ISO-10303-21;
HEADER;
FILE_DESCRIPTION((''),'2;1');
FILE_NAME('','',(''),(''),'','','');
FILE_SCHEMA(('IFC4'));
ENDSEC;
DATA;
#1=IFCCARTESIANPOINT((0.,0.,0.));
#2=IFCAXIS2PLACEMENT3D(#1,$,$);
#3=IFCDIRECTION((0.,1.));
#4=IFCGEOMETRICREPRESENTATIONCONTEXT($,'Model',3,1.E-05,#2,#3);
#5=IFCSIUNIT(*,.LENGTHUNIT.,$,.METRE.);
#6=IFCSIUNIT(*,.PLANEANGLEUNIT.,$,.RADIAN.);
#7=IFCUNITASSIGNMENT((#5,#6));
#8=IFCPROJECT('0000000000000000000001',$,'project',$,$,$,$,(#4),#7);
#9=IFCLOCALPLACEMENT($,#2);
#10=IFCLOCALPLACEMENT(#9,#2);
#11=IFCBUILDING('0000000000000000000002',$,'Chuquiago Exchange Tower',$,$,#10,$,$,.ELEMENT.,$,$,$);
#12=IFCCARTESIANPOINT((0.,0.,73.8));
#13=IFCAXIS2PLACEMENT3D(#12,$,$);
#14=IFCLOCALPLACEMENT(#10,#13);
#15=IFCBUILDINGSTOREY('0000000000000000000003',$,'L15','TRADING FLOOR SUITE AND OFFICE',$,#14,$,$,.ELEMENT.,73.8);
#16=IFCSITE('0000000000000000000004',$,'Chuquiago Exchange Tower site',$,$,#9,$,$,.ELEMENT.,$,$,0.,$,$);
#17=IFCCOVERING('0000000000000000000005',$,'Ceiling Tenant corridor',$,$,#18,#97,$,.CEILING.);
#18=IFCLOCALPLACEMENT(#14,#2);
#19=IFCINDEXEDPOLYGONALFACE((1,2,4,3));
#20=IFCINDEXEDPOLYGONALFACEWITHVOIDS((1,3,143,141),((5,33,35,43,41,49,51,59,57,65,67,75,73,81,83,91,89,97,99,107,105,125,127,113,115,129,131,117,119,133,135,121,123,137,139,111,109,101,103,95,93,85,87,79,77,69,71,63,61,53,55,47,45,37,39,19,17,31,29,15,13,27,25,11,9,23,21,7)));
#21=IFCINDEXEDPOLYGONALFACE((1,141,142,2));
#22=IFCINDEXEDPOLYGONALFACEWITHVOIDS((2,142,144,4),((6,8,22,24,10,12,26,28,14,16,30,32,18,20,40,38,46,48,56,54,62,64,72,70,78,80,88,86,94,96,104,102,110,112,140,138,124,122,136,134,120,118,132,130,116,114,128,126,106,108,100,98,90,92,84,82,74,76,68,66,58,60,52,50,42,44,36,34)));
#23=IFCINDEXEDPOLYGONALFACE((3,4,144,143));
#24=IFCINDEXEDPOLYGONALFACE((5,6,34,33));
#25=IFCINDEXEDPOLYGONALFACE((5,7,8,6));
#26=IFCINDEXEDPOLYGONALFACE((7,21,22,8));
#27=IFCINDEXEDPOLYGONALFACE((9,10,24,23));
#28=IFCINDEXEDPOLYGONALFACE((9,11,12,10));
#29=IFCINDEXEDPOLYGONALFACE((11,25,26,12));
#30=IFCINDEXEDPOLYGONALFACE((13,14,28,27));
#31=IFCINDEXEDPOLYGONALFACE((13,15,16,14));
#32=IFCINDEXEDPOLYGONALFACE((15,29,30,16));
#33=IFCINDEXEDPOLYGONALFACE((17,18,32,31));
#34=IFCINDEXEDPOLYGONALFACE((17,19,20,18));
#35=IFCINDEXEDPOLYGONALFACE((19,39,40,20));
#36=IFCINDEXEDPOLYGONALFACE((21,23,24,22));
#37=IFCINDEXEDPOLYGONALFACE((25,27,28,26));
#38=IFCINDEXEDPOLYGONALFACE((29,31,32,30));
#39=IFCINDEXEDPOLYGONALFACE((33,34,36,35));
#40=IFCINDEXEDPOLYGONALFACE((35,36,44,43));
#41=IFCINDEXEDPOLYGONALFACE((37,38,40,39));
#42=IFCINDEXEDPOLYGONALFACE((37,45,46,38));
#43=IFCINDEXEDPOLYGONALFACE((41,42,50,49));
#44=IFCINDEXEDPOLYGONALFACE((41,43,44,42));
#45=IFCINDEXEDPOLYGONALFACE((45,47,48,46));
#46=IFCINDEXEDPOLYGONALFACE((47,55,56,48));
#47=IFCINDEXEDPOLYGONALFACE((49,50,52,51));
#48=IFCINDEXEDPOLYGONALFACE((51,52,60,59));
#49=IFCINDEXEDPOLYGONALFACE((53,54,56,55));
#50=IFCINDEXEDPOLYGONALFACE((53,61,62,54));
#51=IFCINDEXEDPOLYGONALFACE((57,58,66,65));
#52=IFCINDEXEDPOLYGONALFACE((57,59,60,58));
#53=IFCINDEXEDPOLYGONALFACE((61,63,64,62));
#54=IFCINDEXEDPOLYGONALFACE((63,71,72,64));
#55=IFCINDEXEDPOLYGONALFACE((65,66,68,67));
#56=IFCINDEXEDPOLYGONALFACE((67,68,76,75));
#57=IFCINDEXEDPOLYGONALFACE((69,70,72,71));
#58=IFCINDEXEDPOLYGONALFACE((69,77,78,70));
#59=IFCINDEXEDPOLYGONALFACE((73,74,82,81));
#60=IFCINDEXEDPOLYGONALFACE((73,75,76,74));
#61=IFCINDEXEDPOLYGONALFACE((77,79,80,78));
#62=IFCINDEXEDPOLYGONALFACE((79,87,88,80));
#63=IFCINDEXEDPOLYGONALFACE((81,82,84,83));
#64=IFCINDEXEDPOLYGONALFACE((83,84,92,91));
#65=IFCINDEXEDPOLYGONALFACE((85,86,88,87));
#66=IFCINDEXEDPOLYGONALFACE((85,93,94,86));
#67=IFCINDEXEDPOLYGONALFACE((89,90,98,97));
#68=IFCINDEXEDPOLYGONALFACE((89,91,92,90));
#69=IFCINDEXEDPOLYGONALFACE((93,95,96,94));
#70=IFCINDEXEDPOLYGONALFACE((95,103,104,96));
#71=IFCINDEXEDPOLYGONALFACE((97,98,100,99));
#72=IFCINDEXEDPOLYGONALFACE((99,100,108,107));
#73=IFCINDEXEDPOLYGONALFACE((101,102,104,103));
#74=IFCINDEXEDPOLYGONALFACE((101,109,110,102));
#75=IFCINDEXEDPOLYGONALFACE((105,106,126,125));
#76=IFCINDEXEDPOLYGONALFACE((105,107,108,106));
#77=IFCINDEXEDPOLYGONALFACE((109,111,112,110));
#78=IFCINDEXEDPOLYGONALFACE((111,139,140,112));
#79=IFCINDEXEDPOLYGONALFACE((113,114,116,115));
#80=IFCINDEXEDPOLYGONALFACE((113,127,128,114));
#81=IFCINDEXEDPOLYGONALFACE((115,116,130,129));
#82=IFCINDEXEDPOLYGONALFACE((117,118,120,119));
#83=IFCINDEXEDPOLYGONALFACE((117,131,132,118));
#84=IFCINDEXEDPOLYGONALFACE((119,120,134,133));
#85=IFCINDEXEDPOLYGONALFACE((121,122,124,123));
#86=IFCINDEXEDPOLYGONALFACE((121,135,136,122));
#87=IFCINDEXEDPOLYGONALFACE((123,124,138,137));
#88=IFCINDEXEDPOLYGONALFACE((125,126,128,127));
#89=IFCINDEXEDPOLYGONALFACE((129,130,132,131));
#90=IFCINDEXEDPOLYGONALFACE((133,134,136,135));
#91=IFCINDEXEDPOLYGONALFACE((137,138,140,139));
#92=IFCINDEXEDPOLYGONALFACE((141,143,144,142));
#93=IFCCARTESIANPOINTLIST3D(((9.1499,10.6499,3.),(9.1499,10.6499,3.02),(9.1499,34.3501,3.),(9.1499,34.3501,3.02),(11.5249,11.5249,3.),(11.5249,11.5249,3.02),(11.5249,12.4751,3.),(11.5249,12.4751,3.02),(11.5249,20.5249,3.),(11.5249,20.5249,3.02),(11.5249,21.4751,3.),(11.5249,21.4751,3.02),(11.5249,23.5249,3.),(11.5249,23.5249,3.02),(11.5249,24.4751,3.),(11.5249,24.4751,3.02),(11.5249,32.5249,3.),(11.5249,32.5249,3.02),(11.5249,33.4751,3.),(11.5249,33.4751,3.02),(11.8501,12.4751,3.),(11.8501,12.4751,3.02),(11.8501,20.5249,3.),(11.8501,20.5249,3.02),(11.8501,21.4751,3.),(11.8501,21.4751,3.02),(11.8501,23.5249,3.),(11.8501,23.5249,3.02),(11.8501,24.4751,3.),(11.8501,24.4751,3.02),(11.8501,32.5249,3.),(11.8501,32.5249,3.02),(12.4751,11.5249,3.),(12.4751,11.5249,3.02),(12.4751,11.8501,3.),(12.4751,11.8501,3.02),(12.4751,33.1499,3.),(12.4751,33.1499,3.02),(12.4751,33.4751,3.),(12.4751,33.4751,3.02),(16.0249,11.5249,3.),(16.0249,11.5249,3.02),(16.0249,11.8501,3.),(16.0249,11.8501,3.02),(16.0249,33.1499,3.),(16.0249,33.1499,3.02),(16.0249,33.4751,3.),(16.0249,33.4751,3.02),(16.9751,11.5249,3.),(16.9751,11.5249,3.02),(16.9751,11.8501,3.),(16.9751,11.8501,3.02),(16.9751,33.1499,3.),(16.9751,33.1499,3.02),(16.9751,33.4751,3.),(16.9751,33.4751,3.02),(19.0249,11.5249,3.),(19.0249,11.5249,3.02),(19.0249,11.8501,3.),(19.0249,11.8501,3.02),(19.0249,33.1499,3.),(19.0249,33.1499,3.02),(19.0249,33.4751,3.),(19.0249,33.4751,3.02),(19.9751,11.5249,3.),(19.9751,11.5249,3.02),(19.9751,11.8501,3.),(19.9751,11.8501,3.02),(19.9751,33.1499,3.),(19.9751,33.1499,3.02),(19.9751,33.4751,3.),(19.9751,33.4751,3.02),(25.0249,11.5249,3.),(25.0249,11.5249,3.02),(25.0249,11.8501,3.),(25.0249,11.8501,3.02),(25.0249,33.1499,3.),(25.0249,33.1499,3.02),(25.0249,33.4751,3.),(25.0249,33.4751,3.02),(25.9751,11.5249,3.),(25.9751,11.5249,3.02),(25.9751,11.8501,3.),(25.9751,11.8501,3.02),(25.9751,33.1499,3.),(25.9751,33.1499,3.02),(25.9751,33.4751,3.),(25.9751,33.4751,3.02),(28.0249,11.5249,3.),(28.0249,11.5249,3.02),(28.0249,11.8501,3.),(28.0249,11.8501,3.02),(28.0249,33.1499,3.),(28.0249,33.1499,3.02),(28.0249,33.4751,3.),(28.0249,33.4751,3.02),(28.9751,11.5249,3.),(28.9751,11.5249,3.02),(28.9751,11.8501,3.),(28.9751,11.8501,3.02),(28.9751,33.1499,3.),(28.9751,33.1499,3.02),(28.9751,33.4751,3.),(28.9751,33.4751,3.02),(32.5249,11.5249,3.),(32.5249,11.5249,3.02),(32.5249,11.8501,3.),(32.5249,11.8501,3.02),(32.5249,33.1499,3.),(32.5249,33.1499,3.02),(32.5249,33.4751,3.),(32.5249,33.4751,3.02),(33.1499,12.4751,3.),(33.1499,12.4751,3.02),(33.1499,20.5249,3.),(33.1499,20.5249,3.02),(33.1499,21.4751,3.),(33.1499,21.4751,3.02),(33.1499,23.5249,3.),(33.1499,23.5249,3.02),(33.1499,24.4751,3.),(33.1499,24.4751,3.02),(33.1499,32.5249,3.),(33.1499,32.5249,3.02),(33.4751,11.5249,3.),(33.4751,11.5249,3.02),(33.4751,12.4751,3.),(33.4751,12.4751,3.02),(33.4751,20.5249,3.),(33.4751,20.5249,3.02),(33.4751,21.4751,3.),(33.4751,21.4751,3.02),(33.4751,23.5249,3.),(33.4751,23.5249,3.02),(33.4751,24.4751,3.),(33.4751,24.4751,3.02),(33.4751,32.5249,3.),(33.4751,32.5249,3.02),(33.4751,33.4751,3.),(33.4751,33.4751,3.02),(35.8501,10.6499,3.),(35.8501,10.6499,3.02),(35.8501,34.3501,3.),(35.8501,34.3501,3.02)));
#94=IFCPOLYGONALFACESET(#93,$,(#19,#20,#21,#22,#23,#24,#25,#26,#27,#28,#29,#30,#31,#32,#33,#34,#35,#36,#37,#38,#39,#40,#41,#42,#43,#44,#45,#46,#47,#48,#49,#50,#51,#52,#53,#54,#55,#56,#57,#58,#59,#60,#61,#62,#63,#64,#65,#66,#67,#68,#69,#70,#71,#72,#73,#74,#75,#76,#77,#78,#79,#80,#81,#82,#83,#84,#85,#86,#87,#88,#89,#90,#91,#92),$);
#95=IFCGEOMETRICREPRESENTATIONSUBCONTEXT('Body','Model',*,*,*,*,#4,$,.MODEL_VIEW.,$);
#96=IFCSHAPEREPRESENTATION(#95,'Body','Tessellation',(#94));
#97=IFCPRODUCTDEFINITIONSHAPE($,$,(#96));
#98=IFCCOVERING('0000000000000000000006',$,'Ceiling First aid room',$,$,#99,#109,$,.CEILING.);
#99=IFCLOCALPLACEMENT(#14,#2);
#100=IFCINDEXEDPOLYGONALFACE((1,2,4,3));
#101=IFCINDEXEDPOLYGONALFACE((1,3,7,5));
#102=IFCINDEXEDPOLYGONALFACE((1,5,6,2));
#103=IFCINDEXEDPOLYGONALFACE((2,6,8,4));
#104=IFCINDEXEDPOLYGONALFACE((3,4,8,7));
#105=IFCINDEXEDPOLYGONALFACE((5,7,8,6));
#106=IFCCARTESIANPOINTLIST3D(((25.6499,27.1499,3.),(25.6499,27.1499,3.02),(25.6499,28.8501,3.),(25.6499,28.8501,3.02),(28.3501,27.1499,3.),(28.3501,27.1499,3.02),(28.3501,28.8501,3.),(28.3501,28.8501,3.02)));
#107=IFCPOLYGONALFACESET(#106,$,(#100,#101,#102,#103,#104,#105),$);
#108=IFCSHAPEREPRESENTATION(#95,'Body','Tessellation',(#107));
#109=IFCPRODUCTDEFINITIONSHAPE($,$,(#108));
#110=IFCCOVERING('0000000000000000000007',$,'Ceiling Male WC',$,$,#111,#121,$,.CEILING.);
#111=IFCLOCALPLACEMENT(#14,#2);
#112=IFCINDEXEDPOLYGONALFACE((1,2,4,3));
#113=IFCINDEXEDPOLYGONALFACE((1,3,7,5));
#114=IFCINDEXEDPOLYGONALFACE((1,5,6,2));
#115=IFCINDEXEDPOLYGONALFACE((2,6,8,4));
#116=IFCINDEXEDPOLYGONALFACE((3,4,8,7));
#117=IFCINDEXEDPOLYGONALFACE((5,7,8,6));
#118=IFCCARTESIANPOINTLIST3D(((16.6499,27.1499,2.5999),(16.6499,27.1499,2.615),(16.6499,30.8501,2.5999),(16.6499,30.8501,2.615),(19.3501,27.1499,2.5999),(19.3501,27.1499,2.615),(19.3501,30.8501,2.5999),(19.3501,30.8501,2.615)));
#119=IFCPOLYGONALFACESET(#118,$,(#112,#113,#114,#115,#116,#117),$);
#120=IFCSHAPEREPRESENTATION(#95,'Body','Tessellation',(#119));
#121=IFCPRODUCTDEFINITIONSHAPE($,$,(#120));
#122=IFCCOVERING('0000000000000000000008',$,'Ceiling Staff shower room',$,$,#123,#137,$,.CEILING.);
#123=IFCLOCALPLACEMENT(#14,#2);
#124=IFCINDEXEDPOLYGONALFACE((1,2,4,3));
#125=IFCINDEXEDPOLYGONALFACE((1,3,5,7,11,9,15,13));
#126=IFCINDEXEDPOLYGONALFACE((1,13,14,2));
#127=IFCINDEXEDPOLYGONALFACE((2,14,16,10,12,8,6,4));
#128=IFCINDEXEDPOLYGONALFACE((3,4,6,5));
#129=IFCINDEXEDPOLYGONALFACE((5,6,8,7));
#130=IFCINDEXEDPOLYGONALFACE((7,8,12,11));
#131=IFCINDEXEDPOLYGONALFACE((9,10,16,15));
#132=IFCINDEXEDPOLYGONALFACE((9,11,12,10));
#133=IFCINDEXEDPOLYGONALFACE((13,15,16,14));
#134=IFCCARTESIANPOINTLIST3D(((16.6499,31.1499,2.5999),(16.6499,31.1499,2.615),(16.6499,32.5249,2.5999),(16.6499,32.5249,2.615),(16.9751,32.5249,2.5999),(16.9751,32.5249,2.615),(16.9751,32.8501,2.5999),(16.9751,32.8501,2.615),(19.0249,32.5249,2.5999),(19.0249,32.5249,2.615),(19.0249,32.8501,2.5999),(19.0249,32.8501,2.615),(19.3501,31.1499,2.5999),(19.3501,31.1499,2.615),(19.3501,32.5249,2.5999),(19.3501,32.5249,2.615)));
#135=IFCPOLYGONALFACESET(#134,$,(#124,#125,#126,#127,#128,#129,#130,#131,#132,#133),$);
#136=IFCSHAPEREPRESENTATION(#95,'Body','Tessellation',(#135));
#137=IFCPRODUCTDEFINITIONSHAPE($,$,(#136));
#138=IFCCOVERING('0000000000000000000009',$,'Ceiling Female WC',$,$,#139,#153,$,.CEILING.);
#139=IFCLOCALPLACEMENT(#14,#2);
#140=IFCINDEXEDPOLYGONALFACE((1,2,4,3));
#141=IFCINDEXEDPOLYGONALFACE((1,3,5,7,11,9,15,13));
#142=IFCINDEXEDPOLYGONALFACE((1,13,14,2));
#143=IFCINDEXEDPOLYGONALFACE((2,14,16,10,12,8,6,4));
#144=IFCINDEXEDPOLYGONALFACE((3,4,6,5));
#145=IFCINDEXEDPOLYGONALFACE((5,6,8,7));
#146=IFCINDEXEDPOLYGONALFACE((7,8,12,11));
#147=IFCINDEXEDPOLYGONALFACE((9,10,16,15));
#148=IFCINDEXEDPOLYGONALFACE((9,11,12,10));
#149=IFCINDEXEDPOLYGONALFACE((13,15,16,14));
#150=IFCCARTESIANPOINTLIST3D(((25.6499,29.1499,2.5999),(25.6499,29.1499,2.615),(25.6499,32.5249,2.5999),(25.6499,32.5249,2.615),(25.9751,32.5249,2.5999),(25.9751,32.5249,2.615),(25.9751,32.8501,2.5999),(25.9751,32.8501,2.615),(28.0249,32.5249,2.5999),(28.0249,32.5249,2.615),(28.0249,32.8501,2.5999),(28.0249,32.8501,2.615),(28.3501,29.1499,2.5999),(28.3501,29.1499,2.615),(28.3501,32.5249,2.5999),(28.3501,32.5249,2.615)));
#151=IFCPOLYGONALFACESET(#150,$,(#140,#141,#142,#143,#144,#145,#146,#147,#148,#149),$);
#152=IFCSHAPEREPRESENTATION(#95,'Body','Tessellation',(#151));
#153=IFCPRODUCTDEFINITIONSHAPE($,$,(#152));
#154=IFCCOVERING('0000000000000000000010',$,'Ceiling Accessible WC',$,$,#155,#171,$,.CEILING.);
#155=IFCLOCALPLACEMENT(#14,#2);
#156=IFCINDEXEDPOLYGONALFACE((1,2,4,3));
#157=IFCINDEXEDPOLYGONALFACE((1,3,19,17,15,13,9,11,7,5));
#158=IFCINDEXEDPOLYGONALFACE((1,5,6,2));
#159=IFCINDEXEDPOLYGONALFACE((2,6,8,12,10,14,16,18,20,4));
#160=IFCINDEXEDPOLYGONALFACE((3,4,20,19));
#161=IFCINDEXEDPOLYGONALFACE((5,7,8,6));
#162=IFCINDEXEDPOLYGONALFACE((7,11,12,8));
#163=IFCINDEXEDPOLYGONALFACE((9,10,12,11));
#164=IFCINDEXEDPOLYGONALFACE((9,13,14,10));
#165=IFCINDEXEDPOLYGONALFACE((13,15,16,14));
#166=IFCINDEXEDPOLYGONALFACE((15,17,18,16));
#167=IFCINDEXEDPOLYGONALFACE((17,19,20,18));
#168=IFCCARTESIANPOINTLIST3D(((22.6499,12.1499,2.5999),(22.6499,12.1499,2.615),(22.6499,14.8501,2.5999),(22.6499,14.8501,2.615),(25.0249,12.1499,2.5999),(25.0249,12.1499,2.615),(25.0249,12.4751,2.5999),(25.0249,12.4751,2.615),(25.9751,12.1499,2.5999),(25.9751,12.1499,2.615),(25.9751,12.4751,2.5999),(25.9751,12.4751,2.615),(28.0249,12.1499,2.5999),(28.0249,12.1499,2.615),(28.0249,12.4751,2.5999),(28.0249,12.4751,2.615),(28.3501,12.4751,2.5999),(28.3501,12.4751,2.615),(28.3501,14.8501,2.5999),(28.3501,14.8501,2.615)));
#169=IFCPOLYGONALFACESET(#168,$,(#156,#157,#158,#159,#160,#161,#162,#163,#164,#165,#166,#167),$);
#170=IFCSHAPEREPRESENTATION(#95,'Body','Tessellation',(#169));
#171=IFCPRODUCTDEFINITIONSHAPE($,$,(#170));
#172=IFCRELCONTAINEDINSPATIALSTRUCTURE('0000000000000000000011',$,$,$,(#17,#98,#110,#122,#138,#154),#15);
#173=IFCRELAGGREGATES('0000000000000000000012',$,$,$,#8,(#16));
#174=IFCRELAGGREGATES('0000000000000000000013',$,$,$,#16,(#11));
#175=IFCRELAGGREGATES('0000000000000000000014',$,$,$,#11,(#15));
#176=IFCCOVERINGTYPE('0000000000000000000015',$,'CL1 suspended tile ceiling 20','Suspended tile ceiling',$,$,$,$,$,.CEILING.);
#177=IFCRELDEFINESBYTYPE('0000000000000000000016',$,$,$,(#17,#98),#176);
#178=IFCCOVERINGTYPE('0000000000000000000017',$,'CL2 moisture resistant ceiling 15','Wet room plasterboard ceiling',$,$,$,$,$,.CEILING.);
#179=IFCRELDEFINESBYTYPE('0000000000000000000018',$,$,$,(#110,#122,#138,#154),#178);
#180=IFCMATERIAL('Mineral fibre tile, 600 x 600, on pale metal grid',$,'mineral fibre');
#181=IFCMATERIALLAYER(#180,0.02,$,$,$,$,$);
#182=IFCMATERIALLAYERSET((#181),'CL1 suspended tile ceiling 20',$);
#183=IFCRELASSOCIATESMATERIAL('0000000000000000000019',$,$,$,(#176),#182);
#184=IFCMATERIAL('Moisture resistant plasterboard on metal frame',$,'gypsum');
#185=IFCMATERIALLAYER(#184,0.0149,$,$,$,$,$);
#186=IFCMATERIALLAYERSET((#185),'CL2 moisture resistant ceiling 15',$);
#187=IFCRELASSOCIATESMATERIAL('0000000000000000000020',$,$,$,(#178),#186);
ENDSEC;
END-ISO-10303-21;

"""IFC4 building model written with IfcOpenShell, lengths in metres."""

from ifc_helpers import new_model, si_unit, direction, frame, origin, place, context, subcontext, project, spatial, polyline, outline, extrude, material, layer, layer_set, type_object, element, save


model = new_model("IFC4")

# Units and contexts
model_context = context("Model", 3, precision=1e-05, world=origin(), true_north=direction((0.0, 1.0)))
body_context = subcontext(model_context, "Body", "Model", "MODEL_VIEW")
ifc_project = project(units=[si_unit("LENGTHUNIT", "METRE"), si_unit("PLANEANGLEUNIT", "RADIAN")], contexts=[model_context])

# Site, building, storey
site_placement = place(None, origin())
site = spatial("IfcSite", under=ifc_project, at=site_placement, Name="Chuquiago Exchange Tower site", CompositionType="ELEMENT", RefElevation=0.0)
building_placement = place(site_placement, origin())
building = spatial("IfcBuilding", under=site, at=building_placement, Name="Chuquiago Exchange Tower", CompositionType="ELEMENT")
storey_placement = place(building_placement, frame((0.0, 0.0, 73.8)))
storey = spatial("IfcBuildingStorey", under=building, at=storey_placement, Name="L15", Description="TRADING FLOOR SUITE AND OFFICE", CompositionType="ELEMENT", Elevation=73.8)

# Coverings
ifc_material_1 = material(Name="Mineral fibre tile, 600 x 600, on pale metal grid", Category="mineral fibre")
ifc_layer_1 = layer(ifc_material_1, 0.02)
ifc_layer_set_1 = layer_set([ifc_layer_1], Name="CL1 suspended tile ceiling 20")
covering_type_1 = type_object("IfcCoveringType", Name="CL1 suspended tile ceiling 20", Description="Suspended tile ceiling", PredefinedType="CEILING", material=ifc_layer_set_1)
covering_1_placement = place(storey_placement, frame((0.0, 0.0, 3.0)))
element("IfcCovering", 1, at=covering_1_placement, inside=storey, type_object=covering_type_1, Name="Ceiling Tenant corridor", PredefinedType="CEILING", context=body_context, shape_type="SweptSolid", body=[
    extrude(outline(polyline([(9.1499, 34.3501), (35.8501, 34.3501), (35.8501, 10.6499), (9.1499, 10.6499), (9.1499, 34.3501)]), holes=[polyline([(11.8501, 24.4751), (11.5249, 24.4751), (11.5249, 23.5249), (11.8501, 23.5249), (11.8501, 21.4751), (11.5249, 21.4751), (11.5249, 20.5249), (11.8501, 20.5249), (11.8501, 12.4751), (11.5249, 12.4751), (11.5249, 11.5249), (12.4751, 11.5249), (12.4751, 11.8501), (16.0249, 11.8501), (16.0249, 11.5249), (16.9751, 11.5249), (16.9751, 11.8501), (19.0249, 11.8501), (19.0249, 11.5249), (19.9751, 11.5249), (19.9751, 11.8501), (25.0249, 11.8501), (25.0249, 11.5249), (25.9751, 11.5249), (25.9751, 11.8501), (28.0249, 11.8501), (28.0249, 11.5249), (28.9751, 11.5249), (28.9751, 11.8501), (32.5249, 11.8501), (32.5249, 11.5249), (33.4751, 11.5249), (33.4751, 12.4751), (33.1499, 12.4751), (33.1499, 20.5249), (33.4751, 20.5249), (33.4751, 21.4751), (33.1499, 21.4751), (33.1499, 23.5249), (33.4751, 23.5249), (33.4751, 24.4751), (33.1499, 24.4751), (33.1499, 32.5249), (33.4751, 32.5249), (33.4751, 33.4751), (32.5249, 33.4751), (32.5249, 33.1499), (28.9751, 33.1499), (28.9751, 33.4751), (28.0249, 33.4751), (28.0249, 33.1499), (25.9751, 33.1499), (25.9751, 33.4751), (25.0249, 33.4751), (25.0249, 33.1499), (19.9751, 33.1499), (19.9751, 33.4751), (19.0249, 33.4751), (19.0249, 33.1499), (16.9751, 33.1499), (16.9751, 33.4751), (16.0249, 33.4751), (16.0249, 33.1499), (12.4751, 33.1499), (12.4751, 33.4751), (11.5249, 33.4751), (11.5249, 32.5249), (11.8501, 32.5249), (11.8501, 24.4751)])]), origin(), (0.0, 0.0, 1.0), 0.02),
])
covering_2_placement = place(storey_placement, frame((0.0, 0.0, 3.0)))
element("IfcCovering", 2, at=covering_2_placement, inside=storey, type_object=covering_type_1, Name="Ceiling First aid room", PredefinedType="CEILING", context=body_context, shape_type="SweptSolid", body=[
    extrude(outline(polyline([(25.6499, 27.1499), (25.6499, 28.8501), (28.3501, 28.8501), (28.3501, 27.1499), (25.6499, 27.1499)])), origin(), (0.0, 0.0, 1.0), 0.02),
])
ifc_material_2 = material(Name="Moisture resistant plasterboard on metal frame", Category="gypsum")
ifc_layer_2 = layer(ifc_material_2, 0.0149)
ifc_layer_set_2 = layer_set([ifc_layer_2], Name="CL2 moisture resistant ceiling 15")
covering_type_2 = type_object("IfcCoveringType", Name="CL2 moisture resistant ceiling 15", Description="Wet room plasterboard ceiling", PredefinedType="CEILING", material=ifc_layer_set_2)
covering_3_placement = place(storey_placement, frame((0.0, 0.0, 2.5999)))
element("IfcCovering", 3, at=covering_3_placement, inside=storey, type_object=covering_type_2, Name="Ceiling Male WC", PredefinedType="CEILING", context=body_context, shape_type="SweptSolid", body=[
    extrude(outline(polyline([(16.6499, 27.1499), (16.6499, 30.8501), (19.3501, 30.8501), (19.3501, 27.1499), (16.6499, 27.1499)])), origin(), (0.0, 0.0, 1.0), 0.0151),
])
covering_4_placement = place(storey_placement, frame((0.0, 0.0, 2.5999)))
element("IfcCovering", 4, at=covering_4_placement, inside=storey, type_object=covering_type_2, Name="Ceiling Staff shower room", PredefinedType="CEILING", context=body_context, shape_type="SweptSolid", body=[
    extrude(outline(polyline([(16.6499, 31.1499), (16.6499, 32.5249), (16.9751, 32.5249), (16.9751, 32.8501), (19.0249, 32.8501), (19.0249, 32.5249), (19.3501, 32.5249), (19.3501, 31.1499), (16.6499, 31.1499)])), origin(), (0.0, 0.0, 1.0), 0.0151),
])
covering_5_placement = place(storey_placement, frame((0.0, 0.0, 2.5999)))
element("IfcCovering", 5, at=covering_5_placement, inside=storey, type_object=covering_type_2, Name="Ceiling Female WC", PredefinedType="CEILING", context=body_context, shape_type="SweptSolid", body=[
    extrude(outline(polyline([(25.6499, 29.1499), (25.6499, 32.5249), (25.9751, 32.5249), (25.9751, 32.8501), (28.0249, 32.8501), (28.0249, 32.5249), (28.3501, 32.5249), (28.3501, 29.1499), (25.6499, 29.1499)])), origin(), (0.0, 0.0, 1.0), 0.0151),
])
covering_6_placement = place(storey_placement, frame((0.0, 0.0, 2.5999)))
element("IfcCovering", 6, at=covering_6_placement, inside=storey, type_object=covering_type_2, Name="Ceiling Accessible WC", PredefinedType="CEILING", context=body_context, shape_type="SweptSolid", body=[
    extrude(outline(polyline([(25.9751, 12.1499), (25.9751, 12.4751), (25.0249, 12.4751), (25.0249, 12.1499), (22.6499, 12.1499), (22.6499, 14.8501), (28.3501, 14.8501), (28.3501, 12.4751), (28.0249, 12.4751), (28.0249, 12.1499), (25.9751, 12.1499)])), origin(), (0.0, 0.0, 1.0), 0.0151),
])

save(model, "model.ifc")
